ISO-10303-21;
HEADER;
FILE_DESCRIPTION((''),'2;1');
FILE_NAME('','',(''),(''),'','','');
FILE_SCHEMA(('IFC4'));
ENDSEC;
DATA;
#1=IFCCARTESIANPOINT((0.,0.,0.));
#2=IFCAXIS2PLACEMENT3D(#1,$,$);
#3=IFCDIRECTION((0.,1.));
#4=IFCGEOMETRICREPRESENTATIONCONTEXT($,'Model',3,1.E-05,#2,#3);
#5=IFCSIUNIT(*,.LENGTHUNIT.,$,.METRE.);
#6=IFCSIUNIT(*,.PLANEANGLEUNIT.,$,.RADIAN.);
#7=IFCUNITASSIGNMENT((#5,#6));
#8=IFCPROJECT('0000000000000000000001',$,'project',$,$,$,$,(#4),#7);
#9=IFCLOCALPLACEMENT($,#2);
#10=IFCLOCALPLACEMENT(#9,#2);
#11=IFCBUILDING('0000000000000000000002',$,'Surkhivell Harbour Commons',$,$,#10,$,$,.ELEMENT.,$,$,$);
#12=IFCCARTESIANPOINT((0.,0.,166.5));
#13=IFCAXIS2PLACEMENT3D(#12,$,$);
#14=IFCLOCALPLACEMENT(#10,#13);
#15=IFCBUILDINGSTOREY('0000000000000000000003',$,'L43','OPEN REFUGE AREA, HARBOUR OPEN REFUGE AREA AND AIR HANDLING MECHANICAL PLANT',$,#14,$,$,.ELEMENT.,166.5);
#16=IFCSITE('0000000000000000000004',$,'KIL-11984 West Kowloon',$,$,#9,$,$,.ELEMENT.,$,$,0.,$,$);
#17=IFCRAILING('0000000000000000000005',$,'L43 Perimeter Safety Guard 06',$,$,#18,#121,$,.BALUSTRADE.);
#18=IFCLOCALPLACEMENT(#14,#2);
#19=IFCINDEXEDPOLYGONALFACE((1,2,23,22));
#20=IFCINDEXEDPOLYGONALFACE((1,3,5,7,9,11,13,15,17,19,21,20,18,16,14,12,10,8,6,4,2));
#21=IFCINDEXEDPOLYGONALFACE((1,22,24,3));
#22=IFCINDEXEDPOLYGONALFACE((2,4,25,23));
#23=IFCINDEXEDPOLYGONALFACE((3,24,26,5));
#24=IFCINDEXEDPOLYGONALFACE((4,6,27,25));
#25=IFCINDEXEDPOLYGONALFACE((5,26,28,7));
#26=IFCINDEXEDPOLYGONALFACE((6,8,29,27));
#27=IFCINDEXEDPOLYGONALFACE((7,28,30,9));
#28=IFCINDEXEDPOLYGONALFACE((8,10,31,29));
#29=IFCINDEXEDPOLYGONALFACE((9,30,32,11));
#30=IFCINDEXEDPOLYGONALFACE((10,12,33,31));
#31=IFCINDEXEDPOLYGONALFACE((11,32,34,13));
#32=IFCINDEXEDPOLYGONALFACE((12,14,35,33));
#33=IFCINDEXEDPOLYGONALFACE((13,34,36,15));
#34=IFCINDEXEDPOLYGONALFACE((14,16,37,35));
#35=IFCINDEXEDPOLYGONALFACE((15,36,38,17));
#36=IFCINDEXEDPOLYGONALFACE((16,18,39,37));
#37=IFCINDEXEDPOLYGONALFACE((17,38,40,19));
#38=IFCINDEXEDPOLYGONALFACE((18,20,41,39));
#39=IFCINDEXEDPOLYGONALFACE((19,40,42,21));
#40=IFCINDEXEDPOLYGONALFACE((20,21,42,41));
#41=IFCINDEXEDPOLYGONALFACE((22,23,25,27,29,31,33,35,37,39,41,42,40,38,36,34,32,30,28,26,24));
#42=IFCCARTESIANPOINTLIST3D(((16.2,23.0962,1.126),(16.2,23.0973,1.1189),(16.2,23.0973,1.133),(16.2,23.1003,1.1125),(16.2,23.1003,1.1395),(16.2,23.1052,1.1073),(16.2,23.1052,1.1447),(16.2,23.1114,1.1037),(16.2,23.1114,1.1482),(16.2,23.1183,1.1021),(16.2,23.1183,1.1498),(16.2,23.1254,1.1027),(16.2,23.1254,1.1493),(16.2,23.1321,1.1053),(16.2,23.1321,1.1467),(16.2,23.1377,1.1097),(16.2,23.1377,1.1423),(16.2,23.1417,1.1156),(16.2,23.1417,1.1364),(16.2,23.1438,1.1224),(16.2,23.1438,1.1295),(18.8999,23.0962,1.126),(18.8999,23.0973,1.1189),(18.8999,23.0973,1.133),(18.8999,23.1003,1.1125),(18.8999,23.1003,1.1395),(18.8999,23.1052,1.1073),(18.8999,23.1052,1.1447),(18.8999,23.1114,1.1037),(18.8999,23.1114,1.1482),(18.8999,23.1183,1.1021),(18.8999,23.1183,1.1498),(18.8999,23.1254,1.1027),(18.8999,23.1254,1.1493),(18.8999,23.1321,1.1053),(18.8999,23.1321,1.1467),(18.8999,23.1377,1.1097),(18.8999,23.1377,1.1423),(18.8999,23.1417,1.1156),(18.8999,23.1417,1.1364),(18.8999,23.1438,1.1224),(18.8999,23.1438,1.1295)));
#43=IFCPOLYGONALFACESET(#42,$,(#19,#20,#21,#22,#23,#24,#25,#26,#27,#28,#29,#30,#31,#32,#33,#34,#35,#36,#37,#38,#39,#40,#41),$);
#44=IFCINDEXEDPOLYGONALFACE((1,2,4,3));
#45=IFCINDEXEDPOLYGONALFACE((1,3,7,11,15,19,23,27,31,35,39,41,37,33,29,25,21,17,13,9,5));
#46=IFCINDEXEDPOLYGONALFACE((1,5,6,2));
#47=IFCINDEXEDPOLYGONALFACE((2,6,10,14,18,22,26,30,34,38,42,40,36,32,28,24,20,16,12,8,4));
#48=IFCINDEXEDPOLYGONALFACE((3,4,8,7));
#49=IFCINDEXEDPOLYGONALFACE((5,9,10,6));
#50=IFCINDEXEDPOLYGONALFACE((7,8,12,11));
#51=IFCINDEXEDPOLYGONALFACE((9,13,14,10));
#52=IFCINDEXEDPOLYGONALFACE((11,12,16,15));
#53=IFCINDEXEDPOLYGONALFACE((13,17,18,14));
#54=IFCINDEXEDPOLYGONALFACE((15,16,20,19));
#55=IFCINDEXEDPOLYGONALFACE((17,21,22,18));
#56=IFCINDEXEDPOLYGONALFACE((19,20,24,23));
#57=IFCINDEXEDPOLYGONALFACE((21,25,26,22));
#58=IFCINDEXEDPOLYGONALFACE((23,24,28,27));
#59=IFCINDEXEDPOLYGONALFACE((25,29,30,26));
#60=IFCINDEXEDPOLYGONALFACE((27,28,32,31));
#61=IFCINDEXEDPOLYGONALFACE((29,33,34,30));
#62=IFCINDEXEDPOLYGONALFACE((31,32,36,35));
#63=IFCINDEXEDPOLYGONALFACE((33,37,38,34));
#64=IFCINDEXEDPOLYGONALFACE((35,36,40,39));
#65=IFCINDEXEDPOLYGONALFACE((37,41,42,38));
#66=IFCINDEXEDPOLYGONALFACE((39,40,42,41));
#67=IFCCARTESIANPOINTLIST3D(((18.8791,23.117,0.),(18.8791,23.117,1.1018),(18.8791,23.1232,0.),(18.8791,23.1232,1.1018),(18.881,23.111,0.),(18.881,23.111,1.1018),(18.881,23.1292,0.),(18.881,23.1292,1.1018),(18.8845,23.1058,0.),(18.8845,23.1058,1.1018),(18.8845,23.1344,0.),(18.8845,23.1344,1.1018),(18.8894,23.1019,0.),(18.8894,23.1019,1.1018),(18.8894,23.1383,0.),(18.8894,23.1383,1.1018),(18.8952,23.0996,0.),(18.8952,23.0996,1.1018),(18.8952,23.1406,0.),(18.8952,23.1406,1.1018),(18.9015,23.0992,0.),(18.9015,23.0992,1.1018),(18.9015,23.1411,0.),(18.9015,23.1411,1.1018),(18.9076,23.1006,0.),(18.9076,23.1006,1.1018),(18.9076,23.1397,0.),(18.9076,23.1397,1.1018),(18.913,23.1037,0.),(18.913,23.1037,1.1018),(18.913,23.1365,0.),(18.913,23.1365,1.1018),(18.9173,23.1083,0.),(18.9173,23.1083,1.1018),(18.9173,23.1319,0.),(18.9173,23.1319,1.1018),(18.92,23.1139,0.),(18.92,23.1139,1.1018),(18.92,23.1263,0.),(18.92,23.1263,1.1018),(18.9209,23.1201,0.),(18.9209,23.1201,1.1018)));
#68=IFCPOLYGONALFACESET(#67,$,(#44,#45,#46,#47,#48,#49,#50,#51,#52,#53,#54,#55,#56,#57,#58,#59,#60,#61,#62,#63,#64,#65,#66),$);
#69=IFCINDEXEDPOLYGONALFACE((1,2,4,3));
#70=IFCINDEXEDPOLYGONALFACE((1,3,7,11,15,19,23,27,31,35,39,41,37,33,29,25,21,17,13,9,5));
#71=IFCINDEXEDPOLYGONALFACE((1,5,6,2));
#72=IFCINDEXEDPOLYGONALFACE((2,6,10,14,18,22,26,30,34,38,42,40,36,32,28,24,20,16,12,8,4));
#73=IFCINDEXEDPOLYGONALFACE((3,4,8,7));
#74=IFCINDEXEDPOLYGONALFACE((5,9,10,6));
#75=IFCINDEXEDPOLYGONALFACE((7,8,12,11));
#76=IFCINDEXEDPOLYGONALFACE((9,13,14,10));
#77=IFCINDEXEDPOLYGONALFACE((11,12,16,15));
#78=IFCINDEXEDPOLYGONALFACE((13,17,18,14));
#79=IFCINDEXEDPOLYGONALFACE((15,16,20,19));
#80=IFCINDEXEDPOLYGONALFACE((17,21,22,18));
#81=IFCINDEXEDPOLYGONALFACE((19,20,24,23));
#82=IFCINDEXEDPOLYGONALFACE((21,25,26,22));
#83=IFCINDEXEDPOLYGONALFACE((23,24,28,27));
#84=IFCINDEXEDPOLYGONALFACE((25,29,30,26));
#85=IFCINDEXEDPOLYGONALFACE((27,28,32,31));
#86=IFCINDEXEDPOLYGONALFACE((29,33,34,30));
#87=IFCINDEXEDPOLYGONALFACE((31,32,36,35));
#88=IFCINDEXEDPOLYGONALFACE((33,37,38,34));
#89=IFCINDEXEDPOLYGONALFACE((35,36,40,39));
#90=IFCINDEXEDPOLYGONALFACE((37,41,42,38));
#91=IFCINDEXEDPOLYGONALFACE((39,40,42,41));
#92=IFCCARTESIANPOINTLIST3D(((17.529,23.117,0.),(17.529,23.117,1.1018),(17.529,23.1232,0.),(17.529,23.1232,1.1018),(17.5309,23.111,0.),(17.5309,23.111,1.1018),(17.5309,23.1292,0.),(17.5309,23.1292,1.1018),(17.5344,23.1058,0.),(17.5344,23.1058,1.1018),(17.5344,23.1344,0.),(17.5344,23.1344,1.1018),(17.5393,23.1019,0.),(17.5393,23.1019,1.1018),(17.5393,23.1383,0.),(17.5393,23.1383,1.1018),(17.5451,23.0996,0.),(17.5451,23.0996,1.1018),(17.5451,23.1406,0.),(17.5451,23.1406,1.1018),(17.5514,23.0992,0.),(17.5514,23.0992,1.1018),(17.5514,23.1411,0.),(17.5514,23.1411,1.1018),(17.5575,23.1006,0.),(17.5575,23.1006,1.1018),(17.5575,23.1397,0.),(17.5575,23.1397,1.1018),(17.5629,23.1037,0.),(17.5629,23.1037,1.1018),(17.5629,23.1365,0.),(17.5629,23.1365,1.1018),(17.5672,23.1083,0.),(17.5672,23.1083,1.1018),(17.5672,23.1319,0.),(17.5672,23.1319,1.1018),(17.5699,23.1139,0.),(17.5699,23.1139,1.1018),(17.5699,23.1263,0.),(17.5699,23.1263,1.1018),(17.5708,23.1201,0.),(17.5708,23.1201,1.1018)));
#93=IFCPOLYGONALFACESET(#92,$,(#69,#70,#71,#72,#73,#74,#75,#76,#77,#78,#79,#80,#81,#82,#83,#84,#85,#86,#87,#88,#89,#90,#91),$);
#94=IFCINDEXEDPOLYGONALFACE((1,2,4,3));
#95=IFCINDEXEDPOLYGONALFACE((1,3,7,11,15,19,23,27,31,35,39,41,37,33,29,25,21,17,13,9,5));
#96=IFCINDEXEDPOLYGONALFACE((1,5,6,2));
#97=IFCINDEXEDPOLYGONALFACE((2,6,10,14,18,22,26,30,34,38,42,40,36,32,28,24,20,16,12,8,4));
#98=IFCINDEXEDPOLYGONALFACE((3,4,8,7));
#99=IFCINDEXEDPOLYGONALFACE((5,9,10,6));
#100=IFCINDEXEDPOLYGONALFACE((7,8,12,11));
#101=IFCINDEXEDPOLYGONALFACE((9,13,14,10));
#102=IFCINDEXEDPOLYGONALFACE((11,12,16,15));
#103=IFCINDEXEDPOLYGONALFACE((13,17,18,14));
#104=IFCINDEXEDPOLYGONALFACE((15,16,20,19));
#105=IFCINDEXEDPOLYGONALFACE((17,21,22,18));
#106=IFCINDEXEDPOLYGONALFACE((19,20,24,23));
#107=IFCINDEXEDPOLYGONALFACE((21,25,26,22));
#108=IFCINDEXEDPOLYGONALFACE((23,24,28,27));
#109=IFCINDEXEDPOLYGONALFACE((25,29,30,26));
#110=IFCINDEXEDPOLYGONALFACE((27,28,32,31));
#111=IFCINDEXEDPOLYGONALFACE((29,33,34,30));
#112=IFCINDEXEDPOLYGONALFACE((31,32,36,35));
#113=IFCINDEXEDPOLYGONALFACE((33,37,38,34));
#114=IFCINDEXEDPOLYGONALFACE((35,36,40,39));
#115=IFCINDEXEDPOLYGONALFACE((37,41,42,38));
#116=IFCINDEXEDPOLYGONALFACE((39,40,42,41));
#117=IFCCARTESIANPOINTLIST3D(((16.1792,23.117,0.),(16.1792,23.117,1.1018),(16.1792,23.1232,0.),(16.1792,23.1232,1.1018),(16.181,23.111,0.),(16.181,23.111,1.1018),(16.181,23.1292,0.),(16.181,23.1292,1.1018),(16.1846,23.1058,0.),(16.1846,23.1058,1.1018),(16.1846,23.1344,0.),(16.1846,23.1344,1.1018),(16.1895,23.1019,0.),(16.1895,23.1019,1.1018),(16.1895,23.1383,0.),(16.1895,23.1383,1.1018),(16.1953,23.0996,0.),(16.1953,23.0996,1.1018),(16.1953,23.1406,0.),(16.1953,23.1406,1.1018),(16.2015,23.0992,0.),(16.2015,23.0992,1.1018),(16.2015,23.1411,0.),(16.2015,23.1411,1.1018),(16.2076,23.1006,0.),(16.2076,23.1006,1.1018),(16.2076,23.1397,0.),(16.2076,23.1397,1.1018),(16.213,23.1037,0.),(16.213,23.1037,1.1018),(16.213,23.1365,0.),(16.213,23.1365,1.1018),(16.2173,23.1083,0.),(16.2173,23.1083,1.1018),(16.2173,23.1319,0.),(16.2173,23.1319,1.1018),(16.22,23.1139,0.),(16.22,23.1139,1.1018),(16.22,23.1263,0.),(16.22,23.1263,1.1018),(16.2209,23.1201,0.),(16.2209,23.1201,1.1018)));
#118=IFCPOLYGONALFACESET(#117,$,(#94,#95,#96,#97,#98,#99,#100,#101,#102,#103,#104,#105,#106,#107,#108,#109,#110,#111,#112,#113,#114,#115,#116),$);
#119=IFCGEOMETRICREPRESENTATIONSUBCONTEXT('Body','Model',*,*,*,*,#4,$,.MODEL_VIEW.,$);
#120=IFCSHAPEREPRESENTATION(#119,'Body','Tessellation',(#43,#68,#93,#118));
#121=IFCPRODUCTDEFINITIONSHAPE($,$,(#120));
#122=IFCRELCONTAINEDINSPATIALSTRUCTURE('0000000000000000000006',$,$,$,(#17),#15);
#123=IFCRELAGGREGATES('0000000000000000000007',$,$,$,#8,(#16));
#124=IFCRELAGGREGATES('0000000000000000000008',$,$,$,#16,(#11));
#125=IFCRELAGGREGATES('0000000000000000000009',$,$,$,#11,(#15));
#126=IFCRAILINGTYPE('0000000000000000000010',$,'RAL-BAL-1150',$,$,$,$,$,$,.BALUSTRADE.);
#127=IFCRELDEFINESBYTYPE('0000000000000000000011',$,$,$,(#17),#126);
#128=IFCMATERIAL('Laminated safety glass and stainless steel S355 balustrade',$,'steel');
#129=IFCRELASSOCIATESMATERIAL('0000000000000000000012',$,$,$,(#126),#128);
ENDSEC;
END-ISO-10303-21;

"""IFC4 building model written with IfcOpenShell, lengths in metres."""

from ifc_helpers import new_model, si_unit, direction, frame, origin, origin_2d, place, context, subcontext, project, spatial, circle, extrude, material, type_object, element, save


model = new_model("IFC4")

# Units and contexts
model_context = context("Model", 3, precision=1e-05, world=origin(), true_north=direction((0.0, 1.0)))
body_context = subcontext(model_context, "Body", "Model", "MODEL_VIEW")
ifc_project = project(units=[si_unit("LENGTHUNIT", "METRE"), si_unit("PLANEANGLEUNIT", "RADIAN")], contexts=[model_context])

# Site, building, storey
site_placement = place(None, origin())
site = spatial("IfcSite", under=ifc_project, at=site_placement, Name="KIL-11984 West Kowloon", CompositionType="ELEMENT", RefElevation=0.0)
building_placement = place(site_placement, origin())
building = spatial("IfcBuilding", under=site, at=building_placement, Name="Surkhivell Harbour Commons", CompositionType="ELEMENT")
storey_placement = place(building_placement, frame((0.0, 0.0, 166.5)))
storey = spatial("IfcBuildingStorey", under=building, at=storey_placement, Name="L43", Description="OPEN REFUGE AREA, HARBOUR OPEN REFUGE AREA AND AIR HANDLING MECHANICAL PLANT", CompositionType="ELEMENT", Elevation=166.5)

# Railing
ifc_material_1 = material(Name="Laminated safety glass and stainless steel S355 balustrade", Category="steel")
railing_type = type_object("IfcRailingType", Name="RAL-BAL-1150", PredefinedType="BALUSTRADE", material=ifc_material_1)
railing_1_placement = place(storey_placement, frame((18.8999, 23.1201, 0.0)))
element("IfcRailing", 1, at=railing_1_placement, inside=storey, type_object=railing_type, Name="L43 Perimeter Safety Guard 06", PredefinedType="BALUSTRADE", context=body_context, shape_type="SweptSolid", body=[
    extrude(circle(Radius=0.0239, at=origin_2d()), frame((0.0, 0.0, 1.126), z_axis=(-1.0, 0.0, 0.0), x_axis=(0.0, -1.0, 0.0)), (0.0, 0.0, 1.0), 2.7),
    extrude(circle(Radius=0.021, at=origin_2d()), origin(), (0.0, 0.0, 1.0), 1.1018),
    extrude(circle(Radius=0.021, at=origin_2d()), frame((-1.3501, 0.0, 0.0)), (0.0, 0.0, 1.0), 1.1018),
    extrude(circle(Radius=0.021, at=origin_2d()), frame((-2.7, 0.0, 0.0)), (0.0, 0.0, 1.0), 1.1018),
])

save(model, "model.ifc")
